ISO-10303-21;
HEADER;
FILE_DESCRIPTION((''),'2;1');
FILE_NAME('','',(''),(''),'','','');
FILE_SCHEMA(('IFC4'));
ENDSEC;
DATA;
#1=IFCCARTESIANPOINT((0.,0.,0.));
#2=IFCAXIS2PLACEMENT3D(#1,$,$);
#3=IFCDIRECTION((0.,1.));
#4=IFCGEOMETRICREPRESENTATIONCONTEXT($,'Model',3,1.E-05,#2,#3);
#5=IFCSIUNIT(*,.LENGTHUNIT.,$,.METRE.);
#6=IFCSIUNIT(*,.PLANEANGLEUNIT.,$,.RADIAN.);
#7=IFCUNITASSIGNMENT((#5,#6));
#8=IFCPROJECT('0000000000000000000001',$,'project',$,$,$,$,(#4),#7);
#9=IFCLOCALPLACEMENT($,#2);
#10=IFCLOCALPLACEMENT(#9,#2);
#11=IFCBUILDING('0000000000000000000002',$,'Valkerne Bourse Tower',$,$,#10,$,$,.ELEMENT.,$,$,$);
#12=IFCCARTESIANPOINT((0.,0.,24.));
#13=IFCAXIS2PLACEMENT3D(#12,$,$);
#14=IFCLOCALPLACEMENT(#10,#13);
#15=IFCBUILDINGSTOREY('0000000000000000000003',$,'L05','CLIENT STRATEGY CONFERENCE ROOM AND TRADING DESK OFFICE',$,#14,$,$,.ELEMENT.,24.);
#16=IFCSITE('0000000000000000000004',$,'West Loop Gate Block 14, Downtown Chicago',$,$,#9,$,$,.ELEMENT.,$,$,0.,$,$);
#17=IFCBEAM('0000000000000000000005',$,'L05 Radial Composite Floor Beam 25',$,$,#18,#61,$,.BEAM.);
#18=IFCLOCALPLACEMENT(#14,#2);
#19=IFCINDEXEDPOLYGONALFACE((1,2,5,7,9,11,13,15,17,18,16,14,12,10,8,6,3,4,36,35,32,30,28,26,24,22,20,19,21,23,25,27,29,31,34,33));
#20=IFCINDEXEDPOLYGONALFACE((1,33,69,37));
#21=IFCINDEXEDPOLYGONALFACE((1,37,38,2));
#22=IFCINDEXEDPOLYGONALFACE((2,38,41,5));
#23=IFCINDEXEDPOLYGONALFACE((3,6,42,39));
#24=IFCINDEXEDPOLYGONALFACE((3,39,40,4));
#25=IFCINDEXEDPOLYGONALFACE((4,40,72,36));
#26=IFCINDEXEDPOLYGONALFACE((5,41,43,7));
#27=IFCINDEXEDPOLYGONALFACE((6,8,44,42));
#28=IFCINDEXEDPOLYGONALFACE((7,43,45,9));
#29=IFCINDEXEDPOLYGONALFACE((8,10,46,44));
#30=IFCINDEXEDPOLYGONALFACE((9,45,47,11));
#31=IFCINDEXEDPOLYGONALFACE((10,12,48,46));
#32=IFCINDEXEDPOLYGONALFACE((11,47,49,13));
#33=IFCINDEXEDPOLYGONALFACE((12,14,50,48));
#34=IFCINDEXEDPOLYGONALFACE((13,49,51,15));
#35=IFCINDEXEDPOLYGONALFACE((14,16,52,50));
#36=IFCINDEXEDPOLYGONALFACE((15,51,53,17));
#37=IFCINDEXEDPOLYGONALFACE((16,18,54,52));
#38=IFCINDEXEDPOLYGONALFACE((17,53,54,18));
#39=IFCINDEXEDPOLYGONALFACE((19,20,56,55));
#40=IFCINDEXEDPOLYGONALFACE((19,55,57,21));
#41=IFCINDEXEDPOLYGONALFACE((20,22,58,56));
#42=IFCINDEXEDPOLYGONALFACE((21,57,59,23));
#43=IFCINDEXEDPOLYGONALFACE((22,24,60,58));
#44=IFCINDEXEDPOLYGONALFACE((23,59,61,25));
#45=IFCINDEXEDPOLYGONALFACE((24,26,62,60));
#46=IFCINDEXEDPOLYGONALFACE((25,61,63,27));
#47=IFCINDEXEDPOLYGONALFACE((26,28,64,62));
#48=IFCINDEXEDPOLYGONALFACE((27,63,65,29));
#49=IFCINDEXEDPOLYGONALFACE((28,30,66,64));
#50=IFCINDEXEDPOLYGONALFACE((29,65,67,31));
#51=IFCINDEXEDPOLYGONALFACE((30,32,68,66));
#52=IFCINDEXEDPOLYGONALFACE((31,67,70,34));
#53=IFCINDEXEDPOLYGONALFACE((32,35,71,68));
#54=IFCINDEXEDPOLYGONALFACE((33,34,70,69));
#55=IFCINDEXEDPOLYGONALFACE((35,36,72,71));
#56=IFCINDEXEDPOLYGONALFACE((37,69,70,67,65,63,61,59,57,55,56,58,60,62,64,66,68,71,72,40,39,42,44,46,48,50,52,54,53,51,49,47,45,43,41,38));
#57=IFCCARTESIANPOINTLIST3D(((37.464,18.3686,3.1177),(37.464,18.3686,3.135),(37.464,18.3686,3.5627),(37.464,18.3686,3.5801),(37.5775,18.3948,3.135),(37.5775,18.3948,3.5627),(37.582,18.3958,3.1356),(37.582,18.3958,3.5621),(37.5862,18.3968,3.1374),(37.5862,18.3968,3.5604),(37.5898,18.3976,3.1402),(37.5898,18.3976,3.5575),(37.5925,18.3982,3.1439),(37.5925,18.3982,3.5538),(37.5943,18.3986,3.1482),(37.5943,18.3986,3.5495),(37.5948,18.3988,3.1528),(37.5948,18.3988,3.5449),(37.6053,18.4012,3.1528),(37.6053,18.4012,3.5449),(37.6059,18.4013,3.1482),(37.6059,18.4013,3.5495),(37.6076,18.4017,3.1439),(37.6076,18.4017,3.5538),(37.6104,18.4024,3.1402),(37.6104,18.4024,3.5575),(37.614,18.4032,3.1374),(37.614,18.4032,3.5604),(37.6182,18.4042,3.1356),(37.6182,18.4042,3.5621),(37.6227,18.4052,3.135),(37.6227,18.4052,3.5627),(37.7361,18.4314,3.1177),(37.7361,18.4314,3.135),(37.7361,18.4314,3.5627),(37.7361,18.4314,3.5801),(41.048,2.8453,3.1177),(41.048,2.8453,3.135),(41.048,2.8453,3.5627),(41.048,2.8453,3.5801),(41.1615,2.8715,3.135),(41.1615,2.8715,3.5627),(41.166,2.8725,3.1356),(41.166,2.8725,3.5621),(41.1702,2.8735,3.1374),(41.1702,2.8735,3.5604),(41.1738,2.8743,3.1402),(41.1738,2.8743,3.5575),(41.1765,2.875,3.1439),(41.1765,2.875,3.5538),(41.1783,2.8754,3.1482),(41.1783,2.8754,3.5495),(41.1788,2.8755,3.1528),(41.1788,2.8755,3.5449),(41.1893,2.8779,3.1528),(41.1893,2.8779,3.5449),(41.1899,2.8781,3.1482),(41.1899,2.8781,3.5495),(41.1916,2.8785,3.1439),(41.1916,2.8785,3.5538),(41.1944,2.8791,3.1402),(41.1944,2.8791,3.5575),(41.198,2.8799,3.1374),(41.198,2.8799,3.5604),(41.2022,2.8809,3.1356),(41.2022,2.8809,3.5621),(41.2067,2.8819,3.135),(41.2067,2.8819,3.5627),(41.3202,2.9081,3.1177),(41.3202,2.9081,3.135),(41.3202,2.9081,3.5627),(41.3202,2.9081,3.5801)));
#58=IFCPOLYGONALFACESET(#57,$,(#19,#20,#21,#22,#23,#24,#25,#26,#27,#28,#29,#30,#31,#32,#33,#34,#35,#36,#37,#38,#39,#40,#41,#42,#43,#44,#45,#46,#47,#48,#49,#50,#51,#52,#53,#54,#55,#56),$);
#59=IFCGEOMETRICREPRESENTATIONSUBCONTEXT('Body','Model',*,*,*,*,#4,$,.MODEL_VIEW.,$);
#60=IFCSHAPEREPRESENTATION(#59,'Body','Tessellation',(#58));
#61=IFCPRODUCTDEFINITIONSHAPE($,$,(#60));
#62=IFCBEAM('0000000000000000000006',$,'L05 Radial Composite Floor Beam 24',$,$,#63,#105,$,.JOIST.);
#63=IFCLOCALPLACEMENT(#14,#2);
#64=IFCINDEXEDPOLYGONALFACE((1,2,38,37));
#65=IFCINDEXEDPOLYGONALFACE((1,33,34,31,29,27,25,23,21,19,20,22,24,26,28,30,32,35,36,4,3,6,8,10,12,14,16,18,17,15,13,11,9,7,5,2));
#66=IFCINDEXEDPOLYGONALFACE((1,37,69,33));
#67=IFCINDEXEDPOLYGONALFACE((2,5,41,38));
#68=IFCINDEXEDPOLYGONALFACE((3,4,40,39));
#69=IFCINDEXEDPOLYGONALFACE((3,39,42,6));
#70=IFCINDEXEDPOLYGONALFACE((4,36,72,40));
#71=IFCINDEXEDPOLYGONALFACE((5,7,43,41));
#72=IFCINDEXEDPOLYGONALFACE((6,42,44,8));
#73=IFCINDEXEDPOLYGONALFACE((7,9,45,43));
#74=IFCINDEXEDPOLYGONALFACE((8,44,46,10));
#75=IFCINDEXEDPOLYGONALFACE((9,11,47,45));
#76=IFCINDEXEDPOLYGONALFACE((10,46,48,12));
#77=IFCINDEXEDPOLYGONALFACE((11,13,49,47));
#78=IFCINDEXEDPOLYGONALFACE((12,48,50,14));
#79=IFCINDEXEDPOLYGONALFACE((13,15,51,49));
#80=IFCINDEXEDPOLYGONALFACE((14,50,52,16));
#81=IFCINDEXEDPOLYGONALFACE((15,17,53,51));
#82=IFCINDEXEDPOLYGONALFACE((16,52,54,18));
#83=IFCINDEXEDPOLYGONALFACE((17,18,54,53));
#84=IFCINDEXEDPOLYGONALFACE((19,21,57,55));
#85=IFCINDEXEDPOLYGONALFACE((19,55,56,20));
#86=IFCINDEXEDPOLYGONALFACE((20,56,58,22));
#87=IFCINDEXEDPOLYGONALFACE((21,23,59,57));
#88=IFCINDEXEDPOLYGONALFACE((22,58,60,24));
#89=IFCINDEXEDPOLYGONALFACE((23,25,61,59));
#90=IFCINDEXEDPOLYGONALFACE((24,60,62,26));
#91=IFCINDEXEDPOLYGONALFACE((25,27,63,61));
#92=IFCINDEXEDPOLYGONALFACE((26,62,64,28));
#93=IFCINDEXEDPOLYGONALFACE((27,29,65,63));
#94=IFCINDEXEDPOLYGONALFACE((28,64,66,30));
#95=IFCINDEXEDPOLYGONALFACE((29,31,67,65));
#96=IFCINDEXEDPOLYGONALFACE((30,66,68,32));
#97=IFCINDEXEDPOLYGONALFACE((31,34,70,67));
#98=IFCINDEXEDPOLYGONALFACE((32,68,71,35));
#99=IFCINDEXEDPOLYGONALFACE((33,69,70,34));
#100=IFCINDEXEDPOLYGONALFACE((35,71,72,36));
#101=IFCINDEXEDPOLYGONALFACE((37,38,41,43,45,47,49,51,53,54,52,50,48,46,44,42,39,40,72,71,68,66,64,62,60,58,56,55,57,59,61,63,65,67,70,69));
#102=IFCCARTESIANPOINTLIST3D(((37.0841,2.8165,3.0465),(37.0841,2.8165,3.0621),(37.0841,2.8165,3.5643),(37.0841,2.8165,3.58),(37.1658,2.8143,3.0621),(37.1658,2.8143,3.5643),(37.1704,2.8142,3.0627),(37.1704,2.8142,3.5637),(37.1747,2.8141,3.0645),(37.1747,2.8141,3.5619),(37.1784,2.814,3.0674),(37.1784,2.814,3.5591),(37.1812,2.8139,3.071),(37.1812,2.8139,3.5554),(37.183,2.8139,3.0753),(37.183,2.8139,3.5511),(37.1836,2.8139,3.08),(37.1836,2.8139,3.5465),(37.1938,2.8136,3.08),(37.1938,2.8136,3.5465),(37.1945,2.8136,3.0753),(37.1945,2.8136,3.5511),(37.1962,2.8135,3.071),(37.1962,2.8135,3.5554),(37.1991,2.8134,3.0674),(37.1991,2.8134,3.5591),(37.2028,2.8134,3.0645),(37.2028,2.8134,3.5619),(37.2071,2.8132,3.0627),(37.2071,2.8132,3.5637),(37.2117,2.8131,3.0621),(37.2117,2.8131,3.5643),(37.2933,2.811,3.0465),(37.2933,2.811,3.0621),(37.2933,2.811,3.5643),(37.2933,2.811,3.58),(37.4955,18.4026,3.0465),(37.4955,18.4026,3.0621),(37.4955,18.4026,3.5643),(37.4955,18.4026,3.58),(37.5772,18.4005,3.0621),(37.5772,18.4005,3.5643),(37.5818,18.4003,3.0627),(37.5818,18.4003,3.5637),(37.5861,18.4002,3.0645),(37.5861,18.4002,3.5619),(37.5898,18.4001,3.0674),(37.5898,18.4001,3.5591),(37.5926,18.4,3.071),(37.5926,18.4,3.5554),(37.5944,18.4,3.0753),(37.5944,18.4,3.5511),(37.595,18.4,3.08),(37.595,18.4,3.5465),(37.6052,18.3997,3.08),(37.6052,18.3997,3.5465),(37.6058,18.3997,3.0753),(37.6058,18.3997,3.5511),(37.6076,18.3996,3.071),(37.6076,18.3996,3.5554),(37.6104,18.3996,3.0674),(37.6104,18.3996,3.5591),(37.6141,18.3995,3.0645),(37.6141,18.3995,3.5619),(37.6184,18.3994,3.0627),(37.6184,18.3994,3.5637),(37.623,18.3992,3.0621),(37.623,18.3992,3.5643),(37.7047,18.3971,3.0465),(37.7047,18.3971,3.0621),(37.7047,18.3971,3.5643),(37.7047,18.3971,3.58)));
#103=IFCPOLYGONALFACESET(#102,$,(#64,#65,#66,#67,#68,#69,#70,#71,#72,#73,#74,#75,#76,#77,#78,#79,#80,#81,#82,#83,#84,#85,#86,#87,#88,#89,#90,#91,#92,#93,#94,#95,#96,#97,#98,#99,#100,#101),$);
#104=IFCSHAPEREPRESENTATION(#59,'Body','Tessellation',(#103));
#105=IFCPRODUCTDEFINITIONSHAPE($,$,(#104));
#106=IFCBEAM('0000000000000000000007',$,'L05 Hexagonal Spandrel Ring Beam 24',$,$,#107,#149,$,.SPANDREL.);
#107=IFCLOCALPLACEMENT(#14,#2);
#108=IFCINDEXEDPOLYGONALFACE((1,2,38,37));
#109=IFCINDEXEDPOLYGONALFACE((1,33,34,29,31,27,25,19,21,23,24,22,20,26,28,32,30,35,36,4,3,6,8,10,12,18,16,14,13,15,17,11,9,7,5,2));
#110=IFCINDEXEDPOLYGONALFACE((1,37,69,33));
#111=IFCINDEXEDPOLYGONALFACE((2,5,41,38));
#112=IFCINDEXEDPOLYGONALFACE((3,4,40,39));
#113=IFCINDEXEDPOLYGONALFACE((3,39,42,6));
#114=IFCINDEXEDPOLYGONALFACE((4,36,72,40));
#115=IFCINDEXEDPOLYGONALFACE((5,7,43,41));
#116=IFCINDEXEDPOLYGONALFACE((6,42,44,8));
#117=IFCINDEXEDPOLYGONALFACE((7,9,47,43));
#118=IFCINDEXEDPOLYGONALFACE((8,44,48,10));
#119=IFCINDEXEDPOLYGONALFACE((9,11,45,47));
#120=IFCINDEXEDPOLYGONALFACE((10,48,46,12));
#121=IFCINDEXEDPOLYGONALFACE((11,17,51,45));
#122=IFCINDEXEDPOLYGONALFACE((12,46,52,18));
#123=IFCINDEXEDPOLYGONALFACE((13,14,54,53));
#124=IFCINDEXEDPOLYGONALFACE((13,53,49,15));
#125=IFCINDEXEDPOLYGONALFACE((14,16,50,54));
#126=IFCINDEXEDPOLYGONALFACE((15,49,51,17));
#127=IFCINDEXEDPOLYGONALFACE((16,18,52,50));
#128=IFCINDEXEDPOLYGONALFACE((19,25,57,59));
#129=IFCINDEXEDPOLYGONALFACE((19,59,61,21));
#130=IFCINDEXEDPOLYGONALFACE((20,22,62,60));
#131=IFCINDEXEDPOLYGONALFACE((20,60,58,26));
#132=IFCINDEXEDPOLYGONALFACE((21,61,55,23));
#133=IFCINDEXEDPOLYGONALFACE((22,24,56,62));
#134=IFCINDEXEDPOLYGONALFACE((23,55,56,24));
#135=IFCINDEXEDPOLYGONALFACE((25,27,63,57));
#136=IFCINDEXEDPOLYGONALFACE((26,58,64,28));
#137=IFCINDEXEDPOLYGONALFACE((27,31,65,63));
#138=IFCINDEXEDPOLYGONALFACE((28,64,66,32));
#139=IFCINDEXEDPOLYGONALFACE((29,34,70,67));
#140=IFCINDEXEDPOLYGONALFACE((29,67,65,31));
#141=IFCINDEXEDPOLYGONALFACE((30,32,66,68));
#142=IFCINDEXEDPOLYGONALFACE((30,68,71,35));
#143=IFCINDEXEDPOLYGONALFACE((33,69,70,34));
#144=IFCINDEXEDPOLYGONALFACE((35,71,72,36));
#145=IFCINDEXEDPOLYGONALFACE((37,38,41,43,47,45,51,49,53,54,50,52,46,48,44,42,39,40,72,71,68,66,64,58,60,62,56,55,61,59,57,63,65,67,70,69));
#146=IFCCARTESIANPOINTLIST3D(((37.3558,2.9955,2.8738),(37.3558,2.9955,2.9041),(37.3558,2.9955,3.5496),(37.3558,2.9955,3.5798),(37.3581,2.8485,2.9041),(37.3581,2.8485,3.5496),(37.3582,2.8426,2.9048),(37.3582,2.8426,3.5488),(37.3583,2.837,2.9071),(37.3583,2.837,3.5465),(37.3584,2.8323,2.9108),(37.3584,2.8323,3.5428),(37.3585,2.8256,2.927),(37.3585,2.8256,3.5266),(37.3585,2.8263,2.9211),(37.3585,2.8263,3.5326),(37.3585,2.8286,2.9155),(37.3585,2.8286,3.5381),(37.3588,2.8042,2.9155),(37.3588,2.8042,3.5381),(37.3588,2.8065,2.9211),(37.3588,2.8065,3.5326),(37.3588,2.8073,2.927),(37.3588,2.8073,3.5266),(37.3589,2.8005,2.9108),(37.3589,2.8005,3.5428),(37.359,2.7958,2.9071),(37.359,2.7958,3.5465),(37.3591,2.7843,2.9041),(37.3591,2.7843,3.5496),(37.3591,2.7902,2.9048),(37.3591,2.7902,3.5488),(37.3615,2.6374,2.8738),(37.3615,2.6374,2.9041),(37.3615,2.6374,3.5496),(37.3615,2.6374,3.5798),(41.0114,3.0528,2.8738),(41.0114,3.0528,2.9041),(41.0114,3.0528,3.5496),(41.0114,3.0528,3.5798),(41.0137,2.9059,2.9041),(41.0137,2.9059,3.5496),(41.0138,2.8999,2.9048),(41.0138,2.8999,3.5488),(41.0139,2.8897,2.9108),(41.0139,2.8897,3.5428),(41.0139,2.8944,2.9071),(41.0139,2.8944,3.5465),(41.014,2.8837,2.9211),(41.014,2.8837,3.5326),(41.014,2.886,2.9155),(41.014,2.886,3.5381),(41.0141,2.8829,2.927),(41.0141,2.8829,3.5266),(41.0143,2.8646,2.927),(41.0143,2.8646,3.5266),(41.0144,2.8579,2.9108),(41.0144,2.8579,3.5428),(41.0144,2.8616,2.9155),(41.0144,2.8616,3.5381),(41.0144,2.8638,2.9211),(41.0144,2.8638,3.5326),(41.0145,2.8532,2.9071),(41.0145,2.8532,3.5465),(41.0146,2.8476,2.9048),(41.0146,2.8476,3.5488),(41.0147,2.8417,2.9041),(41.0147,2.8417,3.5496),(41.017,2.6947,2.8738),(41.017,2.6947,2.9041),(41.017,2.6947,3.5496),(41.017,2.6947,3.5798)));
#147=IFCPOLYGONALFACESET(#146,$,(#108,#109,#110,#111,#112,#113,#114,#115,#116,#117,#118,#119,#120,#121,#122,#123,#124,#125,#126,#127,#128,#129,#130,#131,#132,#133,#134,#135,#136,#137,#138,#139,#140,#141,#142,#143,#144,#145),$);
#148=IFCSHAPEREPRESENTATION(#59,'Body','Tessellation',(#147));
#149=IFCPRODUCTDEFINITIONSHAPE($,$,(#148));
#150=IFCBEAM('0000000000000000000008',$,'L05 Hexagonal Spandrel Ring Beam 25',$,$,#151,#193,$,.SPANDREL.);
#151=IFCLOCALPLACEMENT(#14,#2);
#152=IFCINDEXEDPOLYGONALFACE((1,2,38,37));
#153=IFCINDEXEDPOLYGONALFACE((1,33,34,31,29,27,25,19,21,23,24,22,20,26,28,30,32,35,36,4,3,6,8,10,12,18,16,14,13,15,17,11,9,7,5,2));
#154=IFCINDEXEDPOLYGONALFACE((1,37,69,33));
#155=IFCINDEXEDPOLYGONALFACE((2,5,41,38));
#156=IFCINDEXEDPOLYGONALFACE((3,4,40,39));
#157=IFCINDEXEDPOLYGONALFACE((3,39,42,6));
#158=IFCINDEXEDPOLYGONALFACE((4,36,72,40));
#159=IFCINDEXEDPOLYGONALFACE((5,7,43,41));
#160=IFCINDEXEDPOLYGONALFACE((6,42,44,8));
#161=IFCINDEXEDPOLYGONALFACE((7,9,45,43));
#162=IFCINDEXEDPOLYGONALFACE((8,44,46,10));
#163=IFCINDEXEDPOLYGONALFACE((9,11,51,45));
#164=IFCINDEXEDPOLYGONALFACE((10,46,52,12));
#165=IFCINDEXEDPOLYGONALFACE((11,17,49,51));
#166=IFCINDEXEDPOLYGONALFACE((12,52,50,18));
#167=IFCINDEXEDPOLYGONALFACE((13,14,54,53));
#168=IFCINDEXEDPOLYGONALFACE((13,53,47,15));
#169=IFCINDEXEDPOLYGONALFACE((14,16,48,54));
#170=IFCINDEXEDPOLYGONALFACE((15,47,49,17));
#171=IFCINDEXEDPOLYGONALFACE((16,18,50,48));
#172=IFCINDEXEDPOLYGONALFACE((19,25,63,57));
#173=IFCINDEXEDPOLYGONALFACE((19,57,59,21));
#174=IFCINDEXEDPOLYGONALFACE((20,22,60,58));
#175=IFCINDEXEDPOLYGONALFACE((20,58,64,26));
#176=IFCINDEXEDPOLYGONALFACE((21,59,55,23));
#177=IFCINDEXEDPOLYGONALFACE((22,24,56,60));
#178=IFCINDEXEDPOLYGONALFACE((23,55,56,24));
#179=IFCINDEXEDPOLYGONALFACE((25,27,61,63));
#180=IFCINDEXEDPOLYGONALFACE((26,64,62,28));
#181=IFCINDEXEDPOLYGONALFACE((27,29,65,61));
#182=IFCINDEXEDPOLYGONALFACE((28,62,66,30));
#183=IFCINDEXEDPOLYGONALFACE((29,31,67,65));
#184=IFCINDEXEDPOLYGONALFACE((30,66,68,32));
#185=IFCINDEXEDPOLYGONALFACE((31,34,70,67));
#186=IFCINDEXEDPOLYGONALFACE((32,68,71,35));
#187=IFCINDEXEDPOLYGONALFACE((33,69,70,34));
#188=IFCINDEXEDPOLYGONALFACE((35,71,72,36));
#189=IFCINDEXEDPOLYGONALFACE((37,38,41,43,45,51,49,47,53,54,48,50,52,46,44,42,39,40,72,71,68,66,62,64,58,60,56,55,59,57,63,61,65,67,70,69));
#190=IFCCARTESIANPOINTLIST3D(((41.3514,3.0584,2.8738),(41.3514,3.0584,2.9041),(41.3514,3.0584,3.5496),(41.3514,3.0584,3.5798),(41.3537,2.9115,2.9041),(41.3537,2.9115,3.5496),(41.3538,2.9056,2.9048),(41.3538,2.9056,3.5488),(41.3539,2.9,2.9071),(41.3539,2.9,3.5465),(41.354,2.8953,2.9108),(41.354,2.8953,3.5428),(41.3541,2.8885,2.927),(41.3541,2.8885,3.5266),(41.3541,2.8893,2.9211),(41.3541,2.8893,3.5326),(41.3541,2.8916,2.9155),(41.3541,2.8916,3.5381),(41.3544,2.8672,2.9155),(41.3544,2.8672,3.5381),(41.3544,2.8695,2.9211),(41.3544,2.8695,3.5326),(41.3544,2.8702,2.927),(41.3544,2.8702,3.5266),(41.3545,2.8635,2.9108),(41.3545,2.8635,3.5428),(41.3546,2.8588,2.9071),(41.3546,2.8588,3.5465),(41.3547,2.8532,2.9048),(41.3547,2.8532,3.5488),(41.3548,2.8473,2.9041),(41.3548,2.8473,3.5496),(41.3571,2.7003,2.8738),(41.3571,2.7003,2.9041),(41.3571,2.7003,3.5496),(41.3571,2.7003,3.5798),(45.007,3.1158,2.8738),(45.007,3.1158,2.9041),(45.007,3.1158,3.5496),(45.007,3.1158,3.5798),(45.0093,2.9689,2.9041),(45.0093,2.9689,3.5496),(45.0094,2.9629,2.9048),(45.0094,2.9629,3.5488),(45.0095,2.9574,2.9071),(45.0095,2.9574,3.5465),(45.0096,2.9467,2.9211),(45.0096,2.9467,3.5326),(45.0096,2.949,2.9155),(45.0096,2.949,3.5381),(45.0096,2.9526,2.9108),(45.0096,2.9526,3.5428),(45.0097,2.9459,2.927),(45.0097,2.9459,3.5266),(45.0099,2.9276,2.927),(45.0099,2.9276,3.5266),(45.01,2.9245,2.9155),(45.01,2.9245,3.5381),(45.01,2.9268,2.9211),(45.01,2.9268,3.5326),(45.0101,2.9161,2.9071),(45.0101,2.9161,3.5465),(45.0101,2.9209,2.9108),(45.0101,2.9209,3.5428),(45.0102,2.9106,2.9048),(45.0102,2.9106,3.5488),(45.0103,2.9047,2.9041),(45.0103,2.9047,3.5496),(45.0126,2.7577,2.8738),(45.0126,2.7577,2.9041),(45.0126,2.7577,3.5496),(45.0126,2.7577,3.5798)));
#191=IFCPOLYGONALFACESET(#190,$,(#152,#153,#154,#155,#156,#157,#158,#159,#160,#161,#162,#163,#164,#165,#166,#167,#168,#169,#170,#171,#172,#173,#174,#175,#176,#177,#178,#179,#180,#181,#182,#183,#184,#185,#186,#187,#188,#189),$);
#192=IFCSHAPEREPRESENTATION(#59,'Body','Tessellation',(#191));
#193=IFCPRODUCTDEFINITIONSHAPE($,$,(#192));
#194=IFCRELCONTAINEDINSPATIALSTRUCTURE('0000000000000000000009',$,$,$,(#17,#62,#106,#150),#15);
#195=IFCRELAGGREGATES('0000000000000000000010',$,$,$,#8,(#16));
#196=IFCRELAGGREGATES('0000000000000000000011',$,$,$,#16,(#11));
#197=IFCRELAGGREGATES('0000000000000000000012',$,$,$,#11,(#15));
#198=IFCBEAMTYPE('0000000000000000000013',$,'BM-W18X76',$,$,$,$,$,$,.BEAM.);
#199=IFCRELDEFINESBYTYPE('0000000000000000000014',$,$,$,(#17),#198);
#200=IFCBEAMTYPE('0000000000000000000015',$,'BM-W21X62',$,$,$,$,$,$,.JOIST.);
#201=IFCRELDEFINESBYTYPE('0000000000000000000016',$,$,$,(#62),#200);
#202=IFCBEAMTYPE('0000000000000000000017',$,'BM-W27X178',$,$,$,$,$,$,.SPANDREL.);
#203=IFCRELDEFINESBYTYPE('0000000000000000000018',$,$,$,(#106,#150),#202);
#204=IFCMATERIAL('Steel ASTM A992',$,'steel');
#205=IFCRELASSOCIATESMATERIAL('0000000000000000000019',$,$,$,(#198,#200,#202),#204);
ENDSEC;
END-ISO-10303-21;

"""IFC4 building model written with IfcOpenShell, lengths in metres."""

from ifc_helpers import new_model, si_unit, direction, frame, origin, origin_2d, place, context, subcontext, project, spatial, i_section, extrude, material, material_profile, profile_set, type_object, element, save


model = new_model("IFC4")

# Units and contexts
model_context = context("Model", 3, precision=1e-05, world=origin(), true_north=direction((0.0, 1.0)))
body_context = subcontext(model_context, "Body", "Model", "MODEL_VIEW")
ifc_project = project(units=[si_unit("LENGTHUNIT", "METRE"), si_unit("PLANEANGLEUNIT", "RADIAN")], contexts=[model_context])

# Site, building, storey
site_placement = place(None, origin())
site = spatial("IfcSite", under=ifc_project, at=site_placement, Name="West Loop Gate Block 14, Downtown Chicago", CompositionType="ELEMENT", RefElevation=0.0)
building_placement = place(site_placement, origin())
building = spatial("IfcBuilding", under=site, at=building_placement, Name="Valkerne Bourse Tower", CompositionType="ELEMENT")
storey_placement = place(building_placement, frame((0.0, 0.0, 24.0)))
storey = spatial("IfcBuildingStorey", under=building, at=storey_placement, Name="L05", Description="CLIENT STRATEGY CONFERENCE ROOM AND TRADING DESK OFFICE", CompositionType="ELEMENT", Elevation=24.0)

# Beams
ifc_material_1 = material(Name="Steel ASTM A992", Category="steel")
ifc_material_profile_1 = material_profile(ifc_material_1, i_section(OverallWidth=0.2793, OverallDepth=0.4624, WebThickness=0.0107, FlangeThickness=0.0173, FilletRadius=0.0178, at=origin_2d()), Name="W18X76")
ifc_profile_set_1 = profile_set([ifc_material_profile_1], Name="Steel ASTM A992")
beam_type_1 = type_object("IfcBeamType", Name="BM-W18X76", PredefinedType="BEAM", material=ifc_profile_set_1)
beam_1_placement = place(storey_placement, frame((41.1841, 2.8767, 3.3489), z_axis=(-0.224961, 0.974368, 0.0), x_axis=(-0.974368, -0.224961, 0.0)))
element("IfcBeam", 1, at=beam_1_placement, inside=storey, type_object=beam_type_1, Name="L05 Radial Composite Floor Beam 25", PredefinedType="BEAM", context=body_context, shape_type="SweptSolid", body=[
    extrude(i_section(OverallWidth=0.2793, OverallDepth=0.4624, WebThickness=0.0107, FlangeThickness=0.0173, FilletRadius=0.0178, at=origin_2d()), origin(), (0.0, 0.0, 1.0), 15.9316),
])
ifc_material_profile_2 = material_profile(ifc_material_1, i_section(OverallWidth=0.2092, OverallDepth=0.5334, WebThickness=0.0103, FlangeThickness=0.0156, FilletRadius=0.0178, at=origin_2d()), Name="W21X62")
ifc_profile_set_2 = profile_set([ifc_material_profile_2], Name="Steel ASTM A992")
beam_type_2 = type_object("IfcBeamType", Name="BM-W21X62", PredefinedType="JOIST", material=ifc_profile_set_2)
beam_2_placement = place(storey_placement, frame((37.1887, 2.8137, 3.3132), z_axis=(0.026385, 0.999652, 0.0), x_axis=(-0.999652, 0.026385, 0.0)))
element("IfcBeam", 2, at=beam_2_placement, inside=storey, type_object=beam_type_2, Name="L05 Radial Composite Floor Beam 24", PredefinedType="JOIST", context=body_context, shape_type="SweptSolid", body=[
    extrude(i_section(OverallWidth=0.2092, OverallDepth=0.5334, WebThickness=0.0103, FlangeThickness=0.0156, FilletRadius=0.0178, at=origin_2d()), origin(), (0.0, 0.0, 1.0), 15.5916),
])
ifc_material_profile_3 = material_profile(ifc_material_1, i_section(OverallWidth=0.3582, OverallDepth=0.7061, WebThickness=0.0183, FlangeThickness=0.0303, FilletRadius=0.0229, at=origin_2d()), Name="W27X178")
ifc_profile_set_3 = profile_set([ifc_material_profile_3], Name="Steel ASTM A992")
beam_type_3 = type_object("IfcBeamType", Name="BM-W27X178", PredefinedType="SPANDREL", material=ifc_profile_set_3)
for number, where, z_axis, x_axis, name in (
    (3, (37.3586, 2.8164, 3.2268), (0.999877, 0.015693, 0.0), (-0.015693, 0.999877, 0.0), "L05 Hexagonal Spandrel Ring Beam 24"),
    (4, (41.3542, 2.8794, 3.2268), (0.999877, 0.015693, 0.0), (-0.015693, 0.999877, 0.0), "L05 Hexagonal Spandrel Ring Beam 25"),
):
    element("IfcBeam", number, at=place(storey_placement, frame(where, z_axis=z_axis, x_axis=x_axis)), inside=storey, type_object=beam_type_3, Name=name, PredefinedType="SPANDREL", context=body_context, shape_type="SweptSolid", body=[
        extrude(i_section(OverallWidth=0.3582, OverallDepth=0.7061, WebThickness=0.0183, FlangeThickness=0.0303, FilletRadius=0.0229, at=origin_2d()), origin(), (0.0, 0.0, 1.0), 3.656),
    ])

save(model, "model.ifc")
